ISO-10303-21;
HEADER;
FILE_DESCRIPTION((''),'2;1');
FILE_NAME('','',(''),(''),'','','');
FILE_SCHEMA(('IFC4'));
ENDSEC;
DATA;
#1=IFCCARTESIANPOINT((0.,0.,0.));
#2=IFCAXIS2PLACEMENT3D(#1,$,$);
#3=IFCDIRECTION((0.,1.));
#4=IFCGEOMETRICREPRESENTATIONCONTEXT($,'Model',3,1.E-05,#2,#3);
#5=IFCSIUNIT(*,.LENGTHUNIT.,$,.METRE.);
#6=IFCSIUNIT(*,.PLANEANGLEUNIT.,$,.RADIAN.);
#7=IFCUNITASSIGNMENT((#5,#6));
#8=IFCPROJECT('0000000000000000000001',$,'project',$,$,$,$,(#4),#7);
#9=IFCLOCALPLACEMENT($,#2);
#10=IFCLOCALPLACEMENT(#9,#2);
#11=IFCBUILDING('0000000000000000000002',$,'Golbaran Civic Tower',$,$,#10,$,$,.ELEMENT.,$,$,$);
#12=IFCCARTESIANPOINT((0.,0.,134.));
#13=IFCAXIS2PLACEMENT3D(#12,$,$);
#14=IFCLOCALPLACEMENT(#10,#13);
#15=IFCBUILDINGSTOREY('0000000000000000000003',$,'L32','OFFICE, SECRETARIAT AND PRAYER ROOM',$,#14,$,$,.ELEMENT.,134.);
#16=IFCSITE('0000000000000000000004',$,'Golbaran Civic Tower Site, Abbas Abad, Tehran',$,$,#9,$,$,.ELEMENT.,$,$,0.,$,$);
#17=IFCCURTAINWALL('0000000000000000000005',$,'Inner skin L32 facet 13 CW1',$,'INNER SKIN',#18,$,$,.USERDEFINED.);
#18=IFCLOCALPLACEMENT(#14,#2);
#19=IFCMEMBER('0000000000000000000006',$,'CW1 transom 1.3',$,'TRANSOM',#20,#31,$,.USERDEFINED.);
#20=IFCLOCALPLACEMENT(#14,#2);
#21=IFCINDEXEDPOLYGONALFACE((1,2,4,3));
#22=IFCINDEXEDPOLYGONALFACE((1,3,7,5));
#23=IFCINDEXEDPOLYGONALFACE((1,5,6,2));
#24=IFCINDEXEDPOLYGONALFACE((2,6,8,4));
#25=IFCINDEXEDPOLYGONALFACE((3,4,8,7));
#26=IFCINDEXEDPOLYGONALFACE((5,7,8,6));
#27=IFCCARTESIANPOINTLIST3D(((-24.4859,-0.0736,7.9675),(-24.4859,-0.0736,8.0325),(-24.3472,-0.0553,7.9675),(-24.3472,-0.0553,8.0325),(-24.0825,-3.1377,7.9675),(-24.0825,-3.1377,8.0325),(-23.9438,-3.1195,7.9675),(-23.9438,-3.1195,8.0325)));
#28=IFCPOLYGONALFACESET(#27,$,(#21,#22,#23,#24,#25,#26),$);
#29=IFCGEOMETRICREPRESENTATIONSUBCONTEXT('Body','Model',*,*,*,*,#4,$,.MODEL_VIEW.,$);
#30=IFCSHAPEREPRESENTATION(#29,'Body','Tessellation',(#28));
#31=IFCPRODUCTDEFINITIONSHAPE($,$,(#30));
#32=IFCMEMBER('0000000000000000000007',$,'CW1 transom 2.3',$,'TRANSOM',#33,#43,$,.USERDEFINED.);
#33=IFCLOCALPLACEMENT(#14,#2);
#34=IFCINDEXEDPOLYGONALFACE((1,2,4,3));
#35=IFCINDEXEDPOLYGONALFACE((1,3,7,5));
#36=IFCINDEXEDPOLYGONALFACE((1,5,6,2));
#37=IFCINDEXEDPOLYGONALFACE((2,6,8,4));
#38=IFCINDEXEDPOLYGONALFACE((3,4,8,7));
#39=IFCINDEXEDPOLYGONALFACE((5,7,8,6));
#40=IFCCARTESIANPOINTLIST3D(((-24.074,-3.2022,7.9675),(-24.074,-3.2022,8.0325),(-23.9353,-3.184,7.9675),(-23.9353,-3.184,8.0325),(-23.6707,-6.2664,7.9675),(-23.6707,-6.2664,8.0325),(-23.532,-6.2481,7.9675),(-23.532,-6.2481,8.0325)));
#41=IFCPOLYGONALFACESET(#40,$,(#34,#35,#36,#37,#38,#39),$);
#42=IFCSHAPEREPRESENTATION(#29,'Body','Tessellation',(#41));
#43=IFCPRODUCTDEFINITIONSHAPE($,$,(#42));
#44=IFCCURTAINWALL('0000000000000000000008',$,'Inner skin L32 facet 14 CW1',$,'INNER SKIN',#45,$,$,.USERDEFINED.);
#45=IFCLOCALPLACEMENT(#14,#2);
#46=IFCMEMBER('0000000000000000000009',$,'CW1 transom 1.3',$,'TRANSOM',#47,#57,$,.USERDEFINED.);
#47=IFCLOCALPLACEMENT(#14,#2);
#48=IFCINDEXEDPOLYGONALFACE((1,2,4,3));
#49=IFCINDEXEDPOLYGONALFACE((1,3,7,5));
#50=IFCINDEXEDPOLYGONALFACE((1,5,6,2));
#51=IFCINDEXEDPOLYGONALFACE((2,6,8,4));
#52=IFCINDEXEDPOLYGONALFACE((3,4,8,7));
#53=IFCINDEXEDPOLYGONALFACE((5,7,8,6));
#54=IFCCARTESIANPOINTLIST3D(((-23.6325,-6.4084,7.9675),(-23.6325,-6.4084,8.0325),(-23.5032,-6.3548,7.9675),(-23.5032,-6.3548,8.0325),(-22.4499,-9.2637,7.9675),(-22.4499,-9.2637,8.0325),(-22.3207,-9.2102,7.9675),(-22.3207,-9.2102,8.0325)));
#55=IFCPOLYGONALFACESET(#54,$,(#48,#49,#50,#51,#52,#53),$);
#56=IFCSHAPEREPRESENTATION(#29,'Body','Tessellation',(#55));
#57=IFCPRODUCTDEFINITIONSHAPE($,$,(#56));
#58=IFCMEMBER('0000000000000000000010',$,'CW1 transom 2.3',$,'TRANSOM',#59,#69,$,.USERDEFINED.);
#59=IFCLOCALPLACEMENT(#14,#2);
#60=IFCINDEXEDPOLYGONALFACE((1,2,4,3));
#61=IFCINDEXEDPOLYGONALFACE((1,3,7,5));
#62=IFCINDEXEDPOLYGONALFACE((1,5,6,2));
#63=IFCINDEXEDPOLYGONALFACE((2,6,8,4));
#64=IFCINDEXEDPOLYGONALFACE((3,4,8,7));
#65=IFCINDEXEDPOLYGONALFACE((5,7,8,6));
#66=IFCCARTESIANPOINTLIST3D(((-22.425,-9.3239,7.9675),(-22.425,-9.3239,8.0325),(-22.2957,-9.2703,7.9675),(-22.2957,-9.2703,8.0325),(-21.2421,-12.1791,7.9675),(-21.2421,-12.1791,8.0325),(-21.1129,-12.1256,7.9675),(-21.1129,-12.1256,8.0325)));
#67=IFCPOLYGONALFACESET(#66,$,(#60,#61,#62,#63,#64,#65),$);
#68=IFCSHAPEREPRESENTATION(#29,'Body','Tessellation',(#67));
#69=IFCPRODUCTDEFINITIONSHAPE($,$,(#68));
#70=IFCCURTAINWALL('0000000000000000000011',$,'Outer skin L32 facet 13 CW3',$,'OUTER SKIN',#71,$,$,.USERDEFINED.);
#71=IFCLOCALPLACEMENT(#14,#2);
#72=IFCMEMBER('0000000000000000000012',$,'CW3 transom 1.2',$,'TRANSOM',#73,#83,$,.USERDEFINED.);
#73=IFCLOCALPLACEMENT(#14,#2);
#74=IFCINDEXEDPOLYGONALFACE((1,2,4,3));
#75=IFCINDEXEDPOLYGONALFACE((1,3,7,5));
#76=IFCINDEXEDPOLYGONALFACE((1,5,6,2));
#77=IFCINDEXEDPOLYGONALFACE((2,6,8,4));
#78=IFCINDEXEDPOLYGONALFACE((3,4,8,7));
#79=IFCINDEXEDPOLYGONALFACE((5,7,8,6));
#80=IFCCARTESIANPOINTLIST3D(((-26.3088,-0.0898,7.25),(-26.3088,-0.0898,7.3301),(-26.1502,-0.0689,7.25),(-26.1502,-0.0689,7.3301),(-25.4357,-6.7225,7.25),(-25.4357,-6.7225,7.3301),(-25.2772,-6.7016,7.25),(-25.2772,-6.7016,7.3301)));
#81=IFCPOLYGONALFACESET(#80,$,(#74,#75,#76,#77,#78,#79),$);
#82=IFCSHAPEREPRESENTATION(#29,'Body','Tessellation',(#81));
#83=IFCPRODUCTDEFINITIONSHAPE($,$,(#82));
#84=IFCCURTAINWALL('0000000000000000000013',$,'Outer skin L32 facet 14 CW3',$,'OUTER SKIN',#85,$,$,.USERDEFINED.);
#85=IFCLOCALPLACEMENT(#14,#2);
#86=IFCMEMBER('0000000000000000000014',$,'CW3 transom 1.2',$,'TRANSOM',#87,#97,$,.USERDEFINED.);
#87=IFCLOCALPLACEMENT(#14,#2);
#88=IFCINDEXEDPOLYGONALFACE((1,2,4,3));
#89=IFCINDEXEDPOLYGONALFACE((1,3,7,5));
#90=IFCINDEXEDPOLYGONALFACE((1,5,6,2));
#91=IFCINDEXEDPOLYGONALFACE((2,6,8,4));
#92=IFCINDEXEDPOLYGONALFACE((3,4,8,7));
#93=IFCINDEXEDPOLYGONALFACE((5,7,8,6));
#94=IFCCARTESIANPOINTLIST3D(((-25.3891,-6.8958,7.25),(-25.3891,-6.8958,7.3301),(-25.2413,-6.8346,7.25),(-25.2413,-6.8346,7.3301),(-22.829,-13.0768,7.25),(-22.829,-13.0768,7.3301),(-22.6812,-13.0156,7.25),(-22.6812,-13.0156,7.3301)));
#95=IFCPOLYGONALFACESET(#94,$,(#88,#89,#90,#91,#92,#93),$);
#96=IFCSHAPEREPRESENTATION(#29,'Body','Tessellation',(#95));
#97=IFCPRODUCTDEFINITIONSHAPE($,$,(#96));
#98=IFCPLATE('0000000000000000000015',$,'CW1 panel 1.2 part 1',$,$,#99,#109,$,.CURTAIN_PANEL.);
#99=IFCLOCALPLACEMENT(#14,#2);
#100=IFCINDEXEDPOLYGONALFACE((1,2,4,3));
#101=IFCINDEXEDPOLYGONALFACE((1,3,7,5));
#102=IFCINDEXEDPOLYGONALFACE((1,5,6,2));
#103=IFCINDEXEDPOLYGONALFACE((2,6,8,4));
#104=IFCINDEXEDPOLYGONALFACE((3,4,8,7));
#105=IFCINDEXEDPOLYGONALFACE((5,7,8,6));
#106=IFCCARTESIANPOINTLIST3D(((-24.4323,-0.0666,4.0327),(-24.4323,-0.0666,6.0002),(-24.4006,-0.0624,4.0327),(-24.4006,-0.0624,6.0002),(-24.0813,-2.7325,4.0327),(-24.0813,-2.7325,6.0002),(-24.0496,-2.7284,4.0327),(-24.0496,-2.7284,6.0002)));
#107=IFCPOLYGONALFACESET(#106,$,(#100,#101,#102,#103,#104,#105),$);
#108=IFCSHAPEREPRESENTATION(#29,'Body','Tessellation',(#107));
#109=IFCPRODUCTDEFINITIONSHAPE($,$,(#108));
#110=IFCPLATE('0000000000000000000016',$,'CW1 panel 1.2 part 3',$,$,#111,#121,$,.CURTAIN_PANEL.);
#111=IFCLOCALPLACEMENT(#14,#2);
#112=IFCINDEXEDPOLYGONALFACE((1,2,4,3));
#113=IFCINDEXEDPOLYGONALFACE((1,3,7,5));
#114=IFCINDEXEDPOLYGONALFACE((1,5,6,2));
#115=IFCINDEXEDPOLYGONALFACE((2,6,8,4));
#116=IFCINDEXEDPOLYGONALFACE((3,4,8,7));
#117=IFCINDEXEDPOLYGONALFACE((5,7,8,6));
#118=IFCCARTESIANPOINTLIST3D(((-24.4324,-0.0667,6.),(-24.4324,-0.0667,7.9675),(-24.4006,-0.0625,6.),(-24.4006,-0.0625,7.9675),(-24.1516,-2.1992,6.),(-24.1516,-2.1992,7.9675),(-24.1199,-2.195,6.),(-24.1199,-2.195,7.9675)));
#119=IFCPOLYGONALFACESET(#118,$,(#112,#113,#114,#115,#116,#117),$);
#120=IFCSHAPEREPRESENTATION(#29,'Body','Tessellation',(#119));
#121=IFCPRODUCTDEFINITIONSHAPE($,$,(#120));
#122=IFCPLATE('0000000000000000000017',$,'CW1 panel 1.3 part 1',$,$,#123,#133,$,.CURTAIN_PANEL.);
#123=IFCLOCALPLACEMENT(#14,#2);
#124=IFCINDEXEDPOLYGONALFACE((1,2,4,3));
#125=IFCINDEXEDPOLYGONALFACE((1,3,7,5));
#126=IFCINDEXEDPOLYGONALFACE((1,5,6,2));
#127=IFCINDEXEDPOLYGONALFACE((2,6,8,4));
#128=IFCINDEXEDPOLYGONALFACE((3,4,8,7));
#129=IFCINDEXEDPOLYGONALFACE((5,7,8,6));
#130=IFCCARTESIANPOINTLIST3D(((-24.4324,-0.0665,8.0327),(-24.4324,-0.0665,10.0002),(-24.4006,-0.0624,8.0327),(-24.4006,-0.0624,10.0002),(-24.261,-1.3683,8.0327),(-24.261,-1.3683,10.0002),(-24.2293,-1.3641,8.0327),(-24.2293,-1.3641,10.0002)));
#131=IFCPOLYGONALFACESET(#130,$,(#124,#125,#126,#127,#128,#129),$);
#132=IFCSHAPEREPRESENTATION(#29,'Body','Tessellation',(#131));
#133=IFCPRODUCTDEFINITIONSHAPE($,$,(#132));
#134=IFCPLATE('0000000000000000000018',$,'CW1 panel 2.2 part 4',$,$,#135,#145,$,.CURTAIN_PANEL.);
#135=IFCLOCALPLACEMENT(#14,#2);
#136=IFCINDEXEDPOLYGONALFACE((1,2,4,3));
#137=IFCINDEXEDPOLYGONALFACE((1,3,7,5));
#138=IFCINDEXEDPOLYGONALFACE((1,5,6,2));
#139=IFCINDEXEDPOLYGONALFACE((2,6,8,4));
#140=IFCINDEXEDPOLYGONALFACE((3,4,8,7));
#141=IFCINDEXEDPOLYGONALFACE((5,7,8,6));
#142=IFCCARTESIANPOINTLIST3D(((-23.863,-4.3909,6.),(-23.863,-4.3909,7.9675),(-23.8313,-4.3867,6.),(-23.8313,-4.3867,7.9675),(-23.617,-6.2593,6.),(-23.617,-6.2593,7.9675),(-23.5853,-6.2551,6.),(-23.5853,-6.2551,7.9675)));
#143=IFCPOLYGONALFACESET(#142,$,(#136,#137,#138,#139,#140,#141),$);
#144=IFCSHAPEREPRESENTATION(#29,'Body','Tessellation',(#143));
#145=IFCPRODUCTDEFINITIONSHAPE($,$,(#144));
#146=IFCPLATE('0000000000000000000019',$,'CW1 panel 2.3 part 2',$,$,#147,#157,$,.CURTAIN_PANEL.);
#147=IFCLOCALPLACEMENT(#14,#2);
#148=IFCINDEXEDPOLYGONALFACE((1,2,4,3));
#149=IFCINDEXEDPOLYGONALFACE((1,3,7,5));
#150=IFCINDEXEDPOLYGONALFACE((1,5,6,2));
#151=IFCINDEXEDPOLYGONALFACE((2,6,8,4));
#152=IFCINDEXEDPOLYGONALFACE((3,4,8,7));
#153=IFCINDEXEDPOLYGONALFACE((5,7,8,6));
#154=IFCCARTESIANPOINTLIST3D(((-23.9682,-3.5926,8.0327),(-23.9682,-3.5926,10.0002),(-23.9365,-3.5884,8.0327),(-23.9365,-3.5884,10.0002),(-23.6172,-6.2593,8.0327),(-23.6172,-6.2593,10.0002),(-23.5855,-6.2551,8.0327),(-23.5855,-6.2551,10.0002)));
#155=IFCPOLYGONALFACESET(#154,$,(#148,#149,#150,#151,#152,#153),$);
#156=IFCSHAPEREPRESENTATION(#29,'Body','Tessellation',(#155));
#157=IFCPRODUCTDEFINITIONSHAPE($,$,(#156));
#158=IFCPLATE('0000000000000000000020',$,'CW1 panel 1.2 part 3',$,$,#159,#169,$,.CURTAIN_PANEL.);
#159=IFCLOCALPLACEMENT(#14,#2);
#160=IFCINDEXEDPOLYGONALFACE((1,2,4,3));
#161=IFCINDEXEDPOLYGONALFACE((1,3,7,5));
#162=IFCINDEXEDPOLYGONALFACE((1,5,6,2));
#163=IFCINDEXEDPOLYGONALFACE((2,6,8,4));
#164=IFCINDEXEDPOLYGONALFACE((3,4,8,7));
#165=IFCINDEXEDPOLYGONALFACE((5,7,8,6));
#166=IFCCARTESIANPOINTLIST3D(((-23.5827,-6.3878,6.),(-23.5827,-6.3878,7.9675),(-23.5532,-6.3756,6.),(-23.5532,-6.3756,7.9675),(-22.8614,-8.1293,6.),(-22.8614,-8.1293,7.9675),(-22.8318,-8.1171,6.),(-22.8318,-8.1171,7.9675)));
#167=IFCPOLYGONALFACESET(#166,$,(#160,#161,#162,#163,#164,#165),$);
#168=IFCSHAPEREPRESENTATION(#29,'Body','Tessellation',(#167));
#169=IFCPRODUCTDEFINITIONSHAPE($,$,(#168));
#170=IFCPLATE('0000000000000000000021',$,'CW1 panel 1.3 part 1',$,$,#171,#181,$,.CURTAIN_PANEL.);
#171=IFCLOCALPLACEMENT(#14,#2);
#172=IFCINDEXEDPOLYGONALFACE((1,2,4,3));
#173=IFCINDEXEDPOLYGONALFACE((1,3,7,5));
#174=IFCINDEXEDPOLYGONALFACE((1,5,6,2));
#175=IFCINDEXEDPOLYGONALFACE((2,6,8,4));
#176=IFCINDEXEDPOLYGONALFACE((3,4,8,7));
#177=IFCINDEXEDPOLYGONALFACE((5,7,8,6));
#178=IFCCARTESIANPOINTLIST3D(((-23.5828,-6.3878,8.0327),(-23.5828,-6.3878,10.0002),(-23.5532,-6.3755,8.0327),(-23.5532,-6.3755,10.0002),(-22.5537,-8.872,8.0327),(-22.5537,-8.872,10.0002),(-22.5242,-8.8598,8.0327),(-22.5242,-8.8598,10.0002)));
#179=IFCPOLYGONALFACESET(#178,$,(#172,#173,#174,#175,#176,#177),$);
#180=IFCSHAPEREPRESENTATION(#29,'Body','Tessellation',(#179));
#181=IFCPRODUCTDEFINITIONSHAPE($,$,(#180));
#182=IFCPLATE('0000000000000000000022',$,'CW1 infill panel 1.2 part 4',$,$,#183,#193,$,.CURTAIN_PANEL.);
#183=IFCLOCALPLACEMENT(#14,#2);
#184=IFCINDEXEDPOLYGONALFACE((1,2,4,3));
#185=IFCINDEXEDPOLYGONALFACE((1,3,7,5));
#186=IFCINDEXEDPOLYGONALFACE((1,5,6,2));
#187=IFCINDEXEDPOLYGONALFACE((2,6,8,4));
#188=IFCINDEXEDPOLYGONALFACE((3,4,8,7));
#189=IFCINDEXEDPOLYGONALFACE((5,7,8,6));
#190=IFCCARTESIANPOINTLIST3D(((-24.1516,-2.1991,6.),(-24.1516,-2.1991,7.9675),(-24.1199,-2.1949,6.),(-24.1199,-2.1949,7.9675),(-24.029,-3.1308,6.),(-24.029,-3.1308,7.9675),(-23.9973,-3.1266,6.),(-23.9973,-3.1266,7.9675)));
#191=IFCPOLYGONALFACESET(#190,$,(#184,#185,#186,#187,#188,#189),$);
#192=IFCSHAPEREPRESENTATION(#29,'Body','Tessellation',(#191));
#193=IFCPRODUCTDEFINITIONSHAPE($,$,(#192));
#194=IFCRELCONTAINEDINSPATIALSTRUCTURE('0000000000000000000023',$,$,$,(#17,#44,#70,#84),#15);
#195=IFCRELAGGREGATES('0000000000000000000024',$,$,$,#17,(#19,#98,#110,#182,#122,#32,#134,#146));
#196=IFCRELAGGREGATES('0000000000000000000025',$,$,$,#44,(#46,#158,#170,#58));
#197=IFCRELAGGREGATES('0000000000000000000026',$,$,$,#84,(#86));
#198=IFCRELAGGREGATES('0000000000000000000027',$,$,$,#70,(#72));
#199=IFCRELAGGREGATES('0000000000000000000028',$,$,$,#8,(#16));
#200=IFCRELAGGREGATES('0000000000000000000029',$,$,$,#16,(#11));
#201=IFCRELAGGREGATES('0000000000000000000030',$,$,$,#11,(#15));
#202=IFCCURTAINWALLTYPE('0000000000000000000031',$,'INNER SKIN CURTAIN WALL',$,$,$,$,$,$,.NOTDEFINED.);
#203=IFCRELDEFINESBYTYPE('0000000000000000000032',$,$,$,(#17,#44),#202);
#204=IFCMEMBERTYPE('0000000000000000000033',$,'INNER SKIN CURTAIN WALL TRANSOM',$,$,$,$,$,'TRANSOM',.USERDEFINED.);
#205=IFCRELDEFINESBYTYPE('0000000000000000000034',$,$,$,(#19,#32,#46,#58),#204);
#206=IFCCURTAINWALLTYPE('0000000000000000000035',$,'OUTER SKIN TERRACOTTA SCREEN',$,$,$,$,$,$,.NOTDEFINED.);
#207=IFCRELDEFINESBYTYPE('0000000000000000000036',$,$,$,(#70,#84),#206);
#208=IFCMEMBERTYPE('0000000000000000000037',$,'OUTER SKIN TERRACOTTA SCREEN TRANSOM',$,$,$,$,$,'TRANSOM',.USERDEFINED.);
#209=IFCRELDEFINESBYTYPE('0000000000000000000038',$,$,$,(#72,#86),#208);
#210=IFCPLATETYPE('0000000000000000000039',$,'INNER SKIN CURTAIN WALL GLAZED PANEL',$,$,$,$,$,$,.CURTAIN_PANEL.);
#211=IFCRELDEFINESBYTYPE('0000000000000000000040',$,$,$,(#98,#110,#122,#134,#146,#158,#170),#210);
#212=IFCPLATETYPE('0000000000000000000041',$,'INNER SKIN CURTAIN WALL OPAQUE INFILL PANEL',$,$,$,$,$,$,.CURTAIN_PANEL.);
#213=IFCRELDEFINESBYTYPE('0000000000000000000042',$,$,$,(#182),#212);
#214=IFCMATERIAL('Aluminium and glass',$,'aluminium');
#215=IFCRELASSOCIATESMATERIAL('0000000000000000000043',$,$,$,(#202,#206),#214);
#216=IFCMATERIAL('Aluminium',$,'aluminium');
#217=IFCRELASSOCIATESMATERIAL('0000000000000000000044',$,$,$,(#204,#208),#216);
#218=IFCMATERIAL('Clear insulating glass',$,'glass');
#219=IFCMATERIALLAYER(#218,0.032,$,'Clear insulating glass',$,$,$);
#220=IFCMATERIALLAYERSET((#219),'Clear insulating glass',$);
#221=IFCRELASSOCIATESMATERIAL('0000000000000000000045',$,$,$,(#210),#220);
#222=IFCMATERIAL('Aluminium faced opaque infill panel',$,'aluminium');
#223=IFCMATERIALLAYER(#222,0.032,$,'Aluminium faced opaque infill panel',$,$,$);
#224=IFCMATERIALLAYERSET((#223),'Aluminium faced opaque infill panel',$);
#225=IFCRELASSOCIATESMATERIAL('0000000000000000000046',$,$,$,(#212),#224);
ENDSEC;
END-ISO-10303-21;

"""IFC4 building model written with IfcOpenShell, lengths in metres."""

from ifc_helpers import new_model, si_unit, direction, frame, origin, origin_2d, place, context, subcontext, project, spatial, rectangle, extrude, material, layer, layer_set, material_profile, profile_set, type_object, element, aggregate, save


model = new_model("IFC4")

# Units and contexts
model_context = context("Model", 3, precision=1e-05, world=origin(), true_north=direction((0.0, 1.0)))
body_context = subcontext(model_context, "Body", "Model", "MODEL_VIEW")
ifc_project = project(units=[si_unit("LENGTHUNIT", "METRE"), si_unit("PLANEANGLEUNIT", "RADIAN")], contexts=[model_context])

# Site, building, storey
site_placement = place(None, origin())
site = spatial("IfcSite", under=ifc_project, at=site_placement, Name="Golbaran Civic Tower Site, Abbas Abad, Tehran", CompositionType="ELEMENT", RefElevation=0.0)
building_placement = place(site_placement, origin())
building = spatial("IfcBuilding", under=site, at=building_placement, Name="Golbaran Civic Tower", CompositionType="ELEMENT")
storey_placement = place(building_placement, frame((0.0, 0.0, 134.0)))
storey = spatial("IfcBuildingStorey", under=building, at=storey_placement, Name="L32", Description="OFFICE, SECRETARIAT AND PRAYER ROOM", CompositionType="ELEMENT", Elevation=134.0)

# Curtain walls, members
ifc_material_1 = material(Name="Aluminium and glass", Category="aluminium")
curtain_wall_type_1 = type_object("IfcCurtainWallType", Name="INNER SKIN CURTAIN WALL", PredefinedType="NOTDEFINED", material=ifc_material_1)
curtain_wall_1_placement = place(storey_placement, origin())
curtain_wall_1 = element("IfcCurtainWall", 1, at=curtain_wall_1_placement, inside=storey, type_object=curtain_wall_type_1, Name="Inner skin L32 facet 13 CW1", ObjectType="INNER SKIN", PredefinedType="USERDEFINED")
ifc_material_2 = material(Name="Aluminium", Category="aluminium")
ifc_material_profile_1 = material_profile(ifc_material_2, rectangle(XDim=0.1399, YDim=0.0649, at=origin_2d()), Name="INNER SKIN CURTAIN WALL TRANSOM")
ifc_profile_set_1 = profile_set([ifc_material_profile_1], Name="Aluminium")
member_type_1 = type_object("IfcMemberType", Name="INNER SKIN CURTAIN WALL TRANSOM", ElementType="TRANSOM", PredefinedType="USERDEFINED", material=ifc_profile_set_1)
member_1_placement = place(storey_placement, frame((-24.4165, -0.0645, 8.0), z_axis=(0.130497, -0.991449, 0.0), x_axis=(0.991449, 0.130497, 0.0)))
member_1 = element("IfcMember", 2, at=member_1_placement, type_object=member_type_1, Name="CW1 transom 1.3", ObjectType="TRANSOM", PredefinedType="USERDEFINED", context=body_context, shape_type="SweptSolid", body=[
    extrude(rectangle(XDim=0.1399, YDim=0.0649, at=origin_2d()), origin(), (0.0, 0.0, 1.0), 3.0906),
])
member_2_placement = place(storey_placement, frame((-24.0046, -3.1931, 8.0), z_axis=(0.130497, -0.991449, 0.0), x_axis=(0.991449, 0.130497, 0.0)))
member_2 = element("IfcMember", 3, at=member_2_placement, type_object=member_type_1, Name="CW1 transom 2.3", ObjectType="TRANSOM", PredefinedType="USERDEFINED", context=body_context, shape_type="SweptSolid", body=[
    extrude(rectangle(XDim=0.1399, YDim=0.0649, at=origin_2d()), origin(), (0.0, 0.0, 1.0), 3.0906),
])
curtain_wall_2_placement = place(storey_placement, origin())
curtain_wall_2 = element("IfcCurtainWall", 4, at=curtain_wall_2_placement, inside=storey, type_object=curtain_wall_type_1, Name="Inner skin L32 facet 14 CW1", ObjectType="INNER SKIN", PredefinedType="USERDEFINED")
member_3_placement = place(storey_placement, frame((-23.5679, -6.3816, 8.0), z_axis=(0.38264, -0.923897, 0.0), x_axis=(0.923897, 0.38264, 0.0)))
member_3 = element("IfcMember", 5, at=member_3_placement, type_object=member_type_1, Name="CW1 transom 1.3", ObjectType="TRANSOM", PredefinedType="USERDEFINED", context=body_context, shape_type="SweptSolid", body=[
    extrude(rectangle(XDim=0.1399, YDim=0.0649, at=origin_2d()), origin(), (0.0, 0.0, 1.0), 3.0906),
])
member_4_placement = place(storey_placement, frame((-22.3604, -9.2971, 8.0), z_axis=(0.382736, -0.923858, 0.0), x_axis=(0.923858, 0.382736, 0.0)))
member_4 = element("IfcMember", 6, at=member_4_placement, type_object=member_type_1, Name="CW1 transom 2.3", ObjectType="TRANSOM", PredefinedType="USERDEFINED", context=body_context, shape_type="SweptSolid", body=[
    extrude(rectangle(XDim=0.1399, YDim=0.0649, at=origin_2d()), origin(), (0.0, 0.0, 1.0), 3.0906),
])

# Curtain walls, members
curtain_wall_type_2 = type_object("IfcCurtainWallType", Name="OUTER SKIN TERRACOTTA SCREEN", PredefinedType="NOTDEFINED", material=ifc_material_1)
curtain_wall_3_placement = place(storey_placement, origin())
curtain_wall_3 = element("IfcCurtainWall", 7, at=curtain_wall_3_placement, inside=storey, type_object=curtain_wall_type_2, Name="Outer skin L32 facet 13 CW3", ObjectType="OUTER SKIN", PredefinedType="USERDEFINED")
ifc_material_profile_2 = material_profile(ifc_material_2, rectangle(XDim=0.1599, YDim=0.0801, at=origin_2d()), Name="OUTER SKIN TERRACOTTA SCREEN TRANSOM")
ifc_profile_set_2 = profile_set([ifc_material_profile_2], Name="Aluminium")
member_type_2 = type_object("IfcMemberType", Name="OUTER SKIN TERRACOTTA SCREEN TRANSOM", ElementType="TRANSOM", PredefinedType="USERDEFINED", material=ifc_profile_set_2)
member_5_placement = place(storey_placement, frame((-26.2295, -0.0793, 7.29), z_axis=(0.1305, -0.991448, 0.0), x_axis=(0.991448, 0.1305, 0.0)))
member_5 = element("IfcMember", 8, at=member_5_placement, type_object=member_type_2, Name="CW3 transom 1.2", ObjectType="TRANSOM", PredefinedType="USERDEFINED", context=body_context, shape_type="SweptSolid", body=[
    extrude(rectangle(XDim=0.1599, YDim=0.0801, at=origin_2d()), origin(), (0.0, 0.0, 1.0), 6.6899),
])
curtain_wall_4_placement = place(storey_placement, origin())
curtain_wall_4 = element("IfcCurtainWall", 9, at=curtain_wall_4_placement, inside=storey, type_object=curtain_wall_type_2, Name="Outer skin L32 facet 14 CW3", ObjectType="OUTER SKIN", PredefinedType="USERDEFINED")
member_6_placement = place(storey_placement, frame((-25.3152, -6.8652, 7.29), z_axis=(0.382663, -0.923888, 0.0), x_axis=(0.923888, 0.382663, 0.0)))
member_6 = element("IfcMember", 10, at=member_6_placement, type_object=member_type_2, Name="CW3 transom 1.2", ObjectType="TRANSOM", PredefinedType="USERDEFINED", context=body_context, shape_type="SweptSolid", body=[
    extrude(rectangle(XDim=0.1599, YDim=0.0801, at=origin_2d()), origin(), (0.0, 0.0, 1.0), 6.6902),
])

# Plates
ifc_material_3 = material(Name="Clear insulating glass", Category="glass")
ifc_layer_1 = layer(ifc_material_3, 0.032, Name="Clear insulating glass")
ifc_layer_set_1 = layer_set([ifc_layer_1], Name="Clear insulating glass")
plate_type_1 = type_object("IfcPlateType", Name="INNER SKIN CURTAIN WALL GLAZED PANEL", PredefinedType="CURTAIN_PANEL", material=ifc_layer_set_1)
plate_1_placement = place(storey_placement, frame((-24.241, -1.3975, 4.0327), z_axis=(0.0, 0.0, 1.0), x_axis=(0.130526, -0.991445, 0.0)))
plate_1 = element("IfcPlate", 11, at=plate_1_placement, type_object=plate_type_1, Name="CW1 panel 1.2 part 1", PredefinedType="CURTAIN_PANEL", context=body_context, shape_type="SweptSolid", body=[
    extrude(rectangle(XDim=2.689, YDim=0.032, at=origin_2d()), origin(), (0.0, 0.0, 1.0), 1.9675),
])
plate_2_placement = place(storey_placement, frame((-24.2761, -1.1309, 6.0), z_axis=(0.0, 0.0, 1.0), x_axis=(0.130526, -0.991445, 0.0)))
plate_2 = element("IfcPlate", 12, at=plate_2_placement, type_object=plate_type_1, Name="CW1 panel 1.2 part 3", PredefinedType="CURTAIN_PANEL", context=body_context, shape_type="SweptSolid", body=[
    extrude(rectangle(XDim=2.1509, YDim=0.032, at=origin_2d()), origin(), (0.0, 0.0, 1.0), 1.9675),
])
plate_3_placement = place(storey_placement, frame((-24.3308, -0.7153, 8.0327), z_axis=(0.0, 0.0, 1.0), x_axis=(0.130526, -0.991445, 0.0)))
plate_3 = element("IfcPlate", 13, at=plate_3_placement, type_object=plate_type_1, Name="CW1 panel 1.3 part 1", PredefinedType="CURTAIN_PANEL", context=body_context, shape_type="SweptSolid", body=[
    extrude(rectangle(XDim=1.313, YDim=0.032, at=origin_2d()), origin(), (0.0, 0.0, 1.0), 1.9675),
])
plate_4_placement = place(storey_placement, frame((-23.7241, -5.323, 6.0), z_axis=(0.0, 0.0, 1.0), x_axis=(0.130526, -0.991445, 0.0)))
plate_4 = element("IfcPlate", 14, at=plate_4_placement, type_object=plate_type_1, Name="CW1 panel 2.2 part 4", PredefinedType="CURTAIN_PANEL", context=body_context, shape_type="SweptSolid", body=[
    extrude(rectangle(XDim=1.8845, YDim=0.032, at=origin_2d()), origin(), (0.0, 0.0, 1.0), 1.9675),
])
plate_5_placement = place(storey_placement, frame((-23.7769, -4.9238, 8.0327), z_axis=(0.0, 0.0, 1.0), x_axis=(0.130526, -0.991445, 0.0)))
plate_5 = element("IfcPlate", 15, at=plate_5_placement, type_object=plate_type_1, Name="CW1 panel 2.3 part 2", PredefinedType="CURTAIN_PANEL", context=body_context, shape_type="SweptSolid", body=[
    extrude(rectangle(XDim=2.6897, YDim=0.032, at=origin_2d()), origin(), (0.0, 0.0, 1.0), 1.9675),
])
plate_6_placement = place(storey_placement, frame((-23.2073, -7.2524, 6.0), z_axis=(0.0, 0.0, 1.0), x_axis=(0.382683, -0.92388, 0.0)))
plate_6 = element("IfcPlate", 16, at=plate_6_placement, type_object=plate_type_1, Name="CW1 panel 1.2 part 3", PredefinedType="CURTAIN_PANEL", context=body_context, shape_type="SweptSolid", body=[
    extrude(rectangle(XDim=1.885, YDim=0.032, at=origin_2d()), origin(), (0.0, 0.0, 1.0), 1.9675),
])
plate_7_placement = place(storey_placement, frame((-23.0535, -7.6238, 8.0327), z_axis=(0.0, 0.0, 1.0), x_axis=(0.382683, -0.92388, 0.0)))
plate_7 = element("IfcPlate", 17, at=plate_7_placement, type_object=plate_type_1, Name="CW1 panel 1.3 part 1", PredefinedType="CURTAIN_PANEL", context=body_context, shape_type="SweptSolid", body=[
    extrude(rectangle(XDim=2.689, YDim=0.032, at=origin_2d()), origin(), (0.0, 0.0, 1.0), 1.9675),
])
ifc_material_4 = material(Name="Aluminium faced opaque infill panel", Category="aluminium")
ifc_layer_2 = layer(ifc_material_4, 0.032, Name="Aluminium faced opaque infill panel")
ifc_layer_set_2 = layer_set([ifc_layer_2], Name="Aluminium faced opaque infill panel")
plate_type_2 = type_object("IfcPlateType", Name="INNER SKIN CURTAIN WALL OPAQUE INFILL PANEL", PredefinedType="CURTAIN_PANEL", material=ifc_layer_set_2)
plate_8_placement = place(storey_placement, frame((-24.0745, -2.6628, 6.0), z_axis=(0.0, 0.0, 1.0), x_axis=(0.130526, -0.991445, 0.0)))
plate_8 = element("IfcPlate", 18, at=plate_8_placement, type_object=plate_type_2, Name="CW1 infill panel 1.2 part 4", PredefinedType="CURTAIN_PANEL", context=body_context, shape_type="SweptSolid", body=[
    extrude(rectangle(XDim=0.9397, YDim=0.032, at=origin_2d()), origin(), (0.0, 0.0, 1.0), 1.9675),
])
aggregate(curtain_wall_1, [member_1, plate_1, plate_2, plate_8, plate_3, member_2, plate_4, plate_5])
aggregate(curtain_wall_2, [member_3, plate_6, plate_7, member_4])
aggregate(curtain_wall_4, [member_6])
aggregate(curtain_wall_3, [member_5])

save(model, "model.ifc")
